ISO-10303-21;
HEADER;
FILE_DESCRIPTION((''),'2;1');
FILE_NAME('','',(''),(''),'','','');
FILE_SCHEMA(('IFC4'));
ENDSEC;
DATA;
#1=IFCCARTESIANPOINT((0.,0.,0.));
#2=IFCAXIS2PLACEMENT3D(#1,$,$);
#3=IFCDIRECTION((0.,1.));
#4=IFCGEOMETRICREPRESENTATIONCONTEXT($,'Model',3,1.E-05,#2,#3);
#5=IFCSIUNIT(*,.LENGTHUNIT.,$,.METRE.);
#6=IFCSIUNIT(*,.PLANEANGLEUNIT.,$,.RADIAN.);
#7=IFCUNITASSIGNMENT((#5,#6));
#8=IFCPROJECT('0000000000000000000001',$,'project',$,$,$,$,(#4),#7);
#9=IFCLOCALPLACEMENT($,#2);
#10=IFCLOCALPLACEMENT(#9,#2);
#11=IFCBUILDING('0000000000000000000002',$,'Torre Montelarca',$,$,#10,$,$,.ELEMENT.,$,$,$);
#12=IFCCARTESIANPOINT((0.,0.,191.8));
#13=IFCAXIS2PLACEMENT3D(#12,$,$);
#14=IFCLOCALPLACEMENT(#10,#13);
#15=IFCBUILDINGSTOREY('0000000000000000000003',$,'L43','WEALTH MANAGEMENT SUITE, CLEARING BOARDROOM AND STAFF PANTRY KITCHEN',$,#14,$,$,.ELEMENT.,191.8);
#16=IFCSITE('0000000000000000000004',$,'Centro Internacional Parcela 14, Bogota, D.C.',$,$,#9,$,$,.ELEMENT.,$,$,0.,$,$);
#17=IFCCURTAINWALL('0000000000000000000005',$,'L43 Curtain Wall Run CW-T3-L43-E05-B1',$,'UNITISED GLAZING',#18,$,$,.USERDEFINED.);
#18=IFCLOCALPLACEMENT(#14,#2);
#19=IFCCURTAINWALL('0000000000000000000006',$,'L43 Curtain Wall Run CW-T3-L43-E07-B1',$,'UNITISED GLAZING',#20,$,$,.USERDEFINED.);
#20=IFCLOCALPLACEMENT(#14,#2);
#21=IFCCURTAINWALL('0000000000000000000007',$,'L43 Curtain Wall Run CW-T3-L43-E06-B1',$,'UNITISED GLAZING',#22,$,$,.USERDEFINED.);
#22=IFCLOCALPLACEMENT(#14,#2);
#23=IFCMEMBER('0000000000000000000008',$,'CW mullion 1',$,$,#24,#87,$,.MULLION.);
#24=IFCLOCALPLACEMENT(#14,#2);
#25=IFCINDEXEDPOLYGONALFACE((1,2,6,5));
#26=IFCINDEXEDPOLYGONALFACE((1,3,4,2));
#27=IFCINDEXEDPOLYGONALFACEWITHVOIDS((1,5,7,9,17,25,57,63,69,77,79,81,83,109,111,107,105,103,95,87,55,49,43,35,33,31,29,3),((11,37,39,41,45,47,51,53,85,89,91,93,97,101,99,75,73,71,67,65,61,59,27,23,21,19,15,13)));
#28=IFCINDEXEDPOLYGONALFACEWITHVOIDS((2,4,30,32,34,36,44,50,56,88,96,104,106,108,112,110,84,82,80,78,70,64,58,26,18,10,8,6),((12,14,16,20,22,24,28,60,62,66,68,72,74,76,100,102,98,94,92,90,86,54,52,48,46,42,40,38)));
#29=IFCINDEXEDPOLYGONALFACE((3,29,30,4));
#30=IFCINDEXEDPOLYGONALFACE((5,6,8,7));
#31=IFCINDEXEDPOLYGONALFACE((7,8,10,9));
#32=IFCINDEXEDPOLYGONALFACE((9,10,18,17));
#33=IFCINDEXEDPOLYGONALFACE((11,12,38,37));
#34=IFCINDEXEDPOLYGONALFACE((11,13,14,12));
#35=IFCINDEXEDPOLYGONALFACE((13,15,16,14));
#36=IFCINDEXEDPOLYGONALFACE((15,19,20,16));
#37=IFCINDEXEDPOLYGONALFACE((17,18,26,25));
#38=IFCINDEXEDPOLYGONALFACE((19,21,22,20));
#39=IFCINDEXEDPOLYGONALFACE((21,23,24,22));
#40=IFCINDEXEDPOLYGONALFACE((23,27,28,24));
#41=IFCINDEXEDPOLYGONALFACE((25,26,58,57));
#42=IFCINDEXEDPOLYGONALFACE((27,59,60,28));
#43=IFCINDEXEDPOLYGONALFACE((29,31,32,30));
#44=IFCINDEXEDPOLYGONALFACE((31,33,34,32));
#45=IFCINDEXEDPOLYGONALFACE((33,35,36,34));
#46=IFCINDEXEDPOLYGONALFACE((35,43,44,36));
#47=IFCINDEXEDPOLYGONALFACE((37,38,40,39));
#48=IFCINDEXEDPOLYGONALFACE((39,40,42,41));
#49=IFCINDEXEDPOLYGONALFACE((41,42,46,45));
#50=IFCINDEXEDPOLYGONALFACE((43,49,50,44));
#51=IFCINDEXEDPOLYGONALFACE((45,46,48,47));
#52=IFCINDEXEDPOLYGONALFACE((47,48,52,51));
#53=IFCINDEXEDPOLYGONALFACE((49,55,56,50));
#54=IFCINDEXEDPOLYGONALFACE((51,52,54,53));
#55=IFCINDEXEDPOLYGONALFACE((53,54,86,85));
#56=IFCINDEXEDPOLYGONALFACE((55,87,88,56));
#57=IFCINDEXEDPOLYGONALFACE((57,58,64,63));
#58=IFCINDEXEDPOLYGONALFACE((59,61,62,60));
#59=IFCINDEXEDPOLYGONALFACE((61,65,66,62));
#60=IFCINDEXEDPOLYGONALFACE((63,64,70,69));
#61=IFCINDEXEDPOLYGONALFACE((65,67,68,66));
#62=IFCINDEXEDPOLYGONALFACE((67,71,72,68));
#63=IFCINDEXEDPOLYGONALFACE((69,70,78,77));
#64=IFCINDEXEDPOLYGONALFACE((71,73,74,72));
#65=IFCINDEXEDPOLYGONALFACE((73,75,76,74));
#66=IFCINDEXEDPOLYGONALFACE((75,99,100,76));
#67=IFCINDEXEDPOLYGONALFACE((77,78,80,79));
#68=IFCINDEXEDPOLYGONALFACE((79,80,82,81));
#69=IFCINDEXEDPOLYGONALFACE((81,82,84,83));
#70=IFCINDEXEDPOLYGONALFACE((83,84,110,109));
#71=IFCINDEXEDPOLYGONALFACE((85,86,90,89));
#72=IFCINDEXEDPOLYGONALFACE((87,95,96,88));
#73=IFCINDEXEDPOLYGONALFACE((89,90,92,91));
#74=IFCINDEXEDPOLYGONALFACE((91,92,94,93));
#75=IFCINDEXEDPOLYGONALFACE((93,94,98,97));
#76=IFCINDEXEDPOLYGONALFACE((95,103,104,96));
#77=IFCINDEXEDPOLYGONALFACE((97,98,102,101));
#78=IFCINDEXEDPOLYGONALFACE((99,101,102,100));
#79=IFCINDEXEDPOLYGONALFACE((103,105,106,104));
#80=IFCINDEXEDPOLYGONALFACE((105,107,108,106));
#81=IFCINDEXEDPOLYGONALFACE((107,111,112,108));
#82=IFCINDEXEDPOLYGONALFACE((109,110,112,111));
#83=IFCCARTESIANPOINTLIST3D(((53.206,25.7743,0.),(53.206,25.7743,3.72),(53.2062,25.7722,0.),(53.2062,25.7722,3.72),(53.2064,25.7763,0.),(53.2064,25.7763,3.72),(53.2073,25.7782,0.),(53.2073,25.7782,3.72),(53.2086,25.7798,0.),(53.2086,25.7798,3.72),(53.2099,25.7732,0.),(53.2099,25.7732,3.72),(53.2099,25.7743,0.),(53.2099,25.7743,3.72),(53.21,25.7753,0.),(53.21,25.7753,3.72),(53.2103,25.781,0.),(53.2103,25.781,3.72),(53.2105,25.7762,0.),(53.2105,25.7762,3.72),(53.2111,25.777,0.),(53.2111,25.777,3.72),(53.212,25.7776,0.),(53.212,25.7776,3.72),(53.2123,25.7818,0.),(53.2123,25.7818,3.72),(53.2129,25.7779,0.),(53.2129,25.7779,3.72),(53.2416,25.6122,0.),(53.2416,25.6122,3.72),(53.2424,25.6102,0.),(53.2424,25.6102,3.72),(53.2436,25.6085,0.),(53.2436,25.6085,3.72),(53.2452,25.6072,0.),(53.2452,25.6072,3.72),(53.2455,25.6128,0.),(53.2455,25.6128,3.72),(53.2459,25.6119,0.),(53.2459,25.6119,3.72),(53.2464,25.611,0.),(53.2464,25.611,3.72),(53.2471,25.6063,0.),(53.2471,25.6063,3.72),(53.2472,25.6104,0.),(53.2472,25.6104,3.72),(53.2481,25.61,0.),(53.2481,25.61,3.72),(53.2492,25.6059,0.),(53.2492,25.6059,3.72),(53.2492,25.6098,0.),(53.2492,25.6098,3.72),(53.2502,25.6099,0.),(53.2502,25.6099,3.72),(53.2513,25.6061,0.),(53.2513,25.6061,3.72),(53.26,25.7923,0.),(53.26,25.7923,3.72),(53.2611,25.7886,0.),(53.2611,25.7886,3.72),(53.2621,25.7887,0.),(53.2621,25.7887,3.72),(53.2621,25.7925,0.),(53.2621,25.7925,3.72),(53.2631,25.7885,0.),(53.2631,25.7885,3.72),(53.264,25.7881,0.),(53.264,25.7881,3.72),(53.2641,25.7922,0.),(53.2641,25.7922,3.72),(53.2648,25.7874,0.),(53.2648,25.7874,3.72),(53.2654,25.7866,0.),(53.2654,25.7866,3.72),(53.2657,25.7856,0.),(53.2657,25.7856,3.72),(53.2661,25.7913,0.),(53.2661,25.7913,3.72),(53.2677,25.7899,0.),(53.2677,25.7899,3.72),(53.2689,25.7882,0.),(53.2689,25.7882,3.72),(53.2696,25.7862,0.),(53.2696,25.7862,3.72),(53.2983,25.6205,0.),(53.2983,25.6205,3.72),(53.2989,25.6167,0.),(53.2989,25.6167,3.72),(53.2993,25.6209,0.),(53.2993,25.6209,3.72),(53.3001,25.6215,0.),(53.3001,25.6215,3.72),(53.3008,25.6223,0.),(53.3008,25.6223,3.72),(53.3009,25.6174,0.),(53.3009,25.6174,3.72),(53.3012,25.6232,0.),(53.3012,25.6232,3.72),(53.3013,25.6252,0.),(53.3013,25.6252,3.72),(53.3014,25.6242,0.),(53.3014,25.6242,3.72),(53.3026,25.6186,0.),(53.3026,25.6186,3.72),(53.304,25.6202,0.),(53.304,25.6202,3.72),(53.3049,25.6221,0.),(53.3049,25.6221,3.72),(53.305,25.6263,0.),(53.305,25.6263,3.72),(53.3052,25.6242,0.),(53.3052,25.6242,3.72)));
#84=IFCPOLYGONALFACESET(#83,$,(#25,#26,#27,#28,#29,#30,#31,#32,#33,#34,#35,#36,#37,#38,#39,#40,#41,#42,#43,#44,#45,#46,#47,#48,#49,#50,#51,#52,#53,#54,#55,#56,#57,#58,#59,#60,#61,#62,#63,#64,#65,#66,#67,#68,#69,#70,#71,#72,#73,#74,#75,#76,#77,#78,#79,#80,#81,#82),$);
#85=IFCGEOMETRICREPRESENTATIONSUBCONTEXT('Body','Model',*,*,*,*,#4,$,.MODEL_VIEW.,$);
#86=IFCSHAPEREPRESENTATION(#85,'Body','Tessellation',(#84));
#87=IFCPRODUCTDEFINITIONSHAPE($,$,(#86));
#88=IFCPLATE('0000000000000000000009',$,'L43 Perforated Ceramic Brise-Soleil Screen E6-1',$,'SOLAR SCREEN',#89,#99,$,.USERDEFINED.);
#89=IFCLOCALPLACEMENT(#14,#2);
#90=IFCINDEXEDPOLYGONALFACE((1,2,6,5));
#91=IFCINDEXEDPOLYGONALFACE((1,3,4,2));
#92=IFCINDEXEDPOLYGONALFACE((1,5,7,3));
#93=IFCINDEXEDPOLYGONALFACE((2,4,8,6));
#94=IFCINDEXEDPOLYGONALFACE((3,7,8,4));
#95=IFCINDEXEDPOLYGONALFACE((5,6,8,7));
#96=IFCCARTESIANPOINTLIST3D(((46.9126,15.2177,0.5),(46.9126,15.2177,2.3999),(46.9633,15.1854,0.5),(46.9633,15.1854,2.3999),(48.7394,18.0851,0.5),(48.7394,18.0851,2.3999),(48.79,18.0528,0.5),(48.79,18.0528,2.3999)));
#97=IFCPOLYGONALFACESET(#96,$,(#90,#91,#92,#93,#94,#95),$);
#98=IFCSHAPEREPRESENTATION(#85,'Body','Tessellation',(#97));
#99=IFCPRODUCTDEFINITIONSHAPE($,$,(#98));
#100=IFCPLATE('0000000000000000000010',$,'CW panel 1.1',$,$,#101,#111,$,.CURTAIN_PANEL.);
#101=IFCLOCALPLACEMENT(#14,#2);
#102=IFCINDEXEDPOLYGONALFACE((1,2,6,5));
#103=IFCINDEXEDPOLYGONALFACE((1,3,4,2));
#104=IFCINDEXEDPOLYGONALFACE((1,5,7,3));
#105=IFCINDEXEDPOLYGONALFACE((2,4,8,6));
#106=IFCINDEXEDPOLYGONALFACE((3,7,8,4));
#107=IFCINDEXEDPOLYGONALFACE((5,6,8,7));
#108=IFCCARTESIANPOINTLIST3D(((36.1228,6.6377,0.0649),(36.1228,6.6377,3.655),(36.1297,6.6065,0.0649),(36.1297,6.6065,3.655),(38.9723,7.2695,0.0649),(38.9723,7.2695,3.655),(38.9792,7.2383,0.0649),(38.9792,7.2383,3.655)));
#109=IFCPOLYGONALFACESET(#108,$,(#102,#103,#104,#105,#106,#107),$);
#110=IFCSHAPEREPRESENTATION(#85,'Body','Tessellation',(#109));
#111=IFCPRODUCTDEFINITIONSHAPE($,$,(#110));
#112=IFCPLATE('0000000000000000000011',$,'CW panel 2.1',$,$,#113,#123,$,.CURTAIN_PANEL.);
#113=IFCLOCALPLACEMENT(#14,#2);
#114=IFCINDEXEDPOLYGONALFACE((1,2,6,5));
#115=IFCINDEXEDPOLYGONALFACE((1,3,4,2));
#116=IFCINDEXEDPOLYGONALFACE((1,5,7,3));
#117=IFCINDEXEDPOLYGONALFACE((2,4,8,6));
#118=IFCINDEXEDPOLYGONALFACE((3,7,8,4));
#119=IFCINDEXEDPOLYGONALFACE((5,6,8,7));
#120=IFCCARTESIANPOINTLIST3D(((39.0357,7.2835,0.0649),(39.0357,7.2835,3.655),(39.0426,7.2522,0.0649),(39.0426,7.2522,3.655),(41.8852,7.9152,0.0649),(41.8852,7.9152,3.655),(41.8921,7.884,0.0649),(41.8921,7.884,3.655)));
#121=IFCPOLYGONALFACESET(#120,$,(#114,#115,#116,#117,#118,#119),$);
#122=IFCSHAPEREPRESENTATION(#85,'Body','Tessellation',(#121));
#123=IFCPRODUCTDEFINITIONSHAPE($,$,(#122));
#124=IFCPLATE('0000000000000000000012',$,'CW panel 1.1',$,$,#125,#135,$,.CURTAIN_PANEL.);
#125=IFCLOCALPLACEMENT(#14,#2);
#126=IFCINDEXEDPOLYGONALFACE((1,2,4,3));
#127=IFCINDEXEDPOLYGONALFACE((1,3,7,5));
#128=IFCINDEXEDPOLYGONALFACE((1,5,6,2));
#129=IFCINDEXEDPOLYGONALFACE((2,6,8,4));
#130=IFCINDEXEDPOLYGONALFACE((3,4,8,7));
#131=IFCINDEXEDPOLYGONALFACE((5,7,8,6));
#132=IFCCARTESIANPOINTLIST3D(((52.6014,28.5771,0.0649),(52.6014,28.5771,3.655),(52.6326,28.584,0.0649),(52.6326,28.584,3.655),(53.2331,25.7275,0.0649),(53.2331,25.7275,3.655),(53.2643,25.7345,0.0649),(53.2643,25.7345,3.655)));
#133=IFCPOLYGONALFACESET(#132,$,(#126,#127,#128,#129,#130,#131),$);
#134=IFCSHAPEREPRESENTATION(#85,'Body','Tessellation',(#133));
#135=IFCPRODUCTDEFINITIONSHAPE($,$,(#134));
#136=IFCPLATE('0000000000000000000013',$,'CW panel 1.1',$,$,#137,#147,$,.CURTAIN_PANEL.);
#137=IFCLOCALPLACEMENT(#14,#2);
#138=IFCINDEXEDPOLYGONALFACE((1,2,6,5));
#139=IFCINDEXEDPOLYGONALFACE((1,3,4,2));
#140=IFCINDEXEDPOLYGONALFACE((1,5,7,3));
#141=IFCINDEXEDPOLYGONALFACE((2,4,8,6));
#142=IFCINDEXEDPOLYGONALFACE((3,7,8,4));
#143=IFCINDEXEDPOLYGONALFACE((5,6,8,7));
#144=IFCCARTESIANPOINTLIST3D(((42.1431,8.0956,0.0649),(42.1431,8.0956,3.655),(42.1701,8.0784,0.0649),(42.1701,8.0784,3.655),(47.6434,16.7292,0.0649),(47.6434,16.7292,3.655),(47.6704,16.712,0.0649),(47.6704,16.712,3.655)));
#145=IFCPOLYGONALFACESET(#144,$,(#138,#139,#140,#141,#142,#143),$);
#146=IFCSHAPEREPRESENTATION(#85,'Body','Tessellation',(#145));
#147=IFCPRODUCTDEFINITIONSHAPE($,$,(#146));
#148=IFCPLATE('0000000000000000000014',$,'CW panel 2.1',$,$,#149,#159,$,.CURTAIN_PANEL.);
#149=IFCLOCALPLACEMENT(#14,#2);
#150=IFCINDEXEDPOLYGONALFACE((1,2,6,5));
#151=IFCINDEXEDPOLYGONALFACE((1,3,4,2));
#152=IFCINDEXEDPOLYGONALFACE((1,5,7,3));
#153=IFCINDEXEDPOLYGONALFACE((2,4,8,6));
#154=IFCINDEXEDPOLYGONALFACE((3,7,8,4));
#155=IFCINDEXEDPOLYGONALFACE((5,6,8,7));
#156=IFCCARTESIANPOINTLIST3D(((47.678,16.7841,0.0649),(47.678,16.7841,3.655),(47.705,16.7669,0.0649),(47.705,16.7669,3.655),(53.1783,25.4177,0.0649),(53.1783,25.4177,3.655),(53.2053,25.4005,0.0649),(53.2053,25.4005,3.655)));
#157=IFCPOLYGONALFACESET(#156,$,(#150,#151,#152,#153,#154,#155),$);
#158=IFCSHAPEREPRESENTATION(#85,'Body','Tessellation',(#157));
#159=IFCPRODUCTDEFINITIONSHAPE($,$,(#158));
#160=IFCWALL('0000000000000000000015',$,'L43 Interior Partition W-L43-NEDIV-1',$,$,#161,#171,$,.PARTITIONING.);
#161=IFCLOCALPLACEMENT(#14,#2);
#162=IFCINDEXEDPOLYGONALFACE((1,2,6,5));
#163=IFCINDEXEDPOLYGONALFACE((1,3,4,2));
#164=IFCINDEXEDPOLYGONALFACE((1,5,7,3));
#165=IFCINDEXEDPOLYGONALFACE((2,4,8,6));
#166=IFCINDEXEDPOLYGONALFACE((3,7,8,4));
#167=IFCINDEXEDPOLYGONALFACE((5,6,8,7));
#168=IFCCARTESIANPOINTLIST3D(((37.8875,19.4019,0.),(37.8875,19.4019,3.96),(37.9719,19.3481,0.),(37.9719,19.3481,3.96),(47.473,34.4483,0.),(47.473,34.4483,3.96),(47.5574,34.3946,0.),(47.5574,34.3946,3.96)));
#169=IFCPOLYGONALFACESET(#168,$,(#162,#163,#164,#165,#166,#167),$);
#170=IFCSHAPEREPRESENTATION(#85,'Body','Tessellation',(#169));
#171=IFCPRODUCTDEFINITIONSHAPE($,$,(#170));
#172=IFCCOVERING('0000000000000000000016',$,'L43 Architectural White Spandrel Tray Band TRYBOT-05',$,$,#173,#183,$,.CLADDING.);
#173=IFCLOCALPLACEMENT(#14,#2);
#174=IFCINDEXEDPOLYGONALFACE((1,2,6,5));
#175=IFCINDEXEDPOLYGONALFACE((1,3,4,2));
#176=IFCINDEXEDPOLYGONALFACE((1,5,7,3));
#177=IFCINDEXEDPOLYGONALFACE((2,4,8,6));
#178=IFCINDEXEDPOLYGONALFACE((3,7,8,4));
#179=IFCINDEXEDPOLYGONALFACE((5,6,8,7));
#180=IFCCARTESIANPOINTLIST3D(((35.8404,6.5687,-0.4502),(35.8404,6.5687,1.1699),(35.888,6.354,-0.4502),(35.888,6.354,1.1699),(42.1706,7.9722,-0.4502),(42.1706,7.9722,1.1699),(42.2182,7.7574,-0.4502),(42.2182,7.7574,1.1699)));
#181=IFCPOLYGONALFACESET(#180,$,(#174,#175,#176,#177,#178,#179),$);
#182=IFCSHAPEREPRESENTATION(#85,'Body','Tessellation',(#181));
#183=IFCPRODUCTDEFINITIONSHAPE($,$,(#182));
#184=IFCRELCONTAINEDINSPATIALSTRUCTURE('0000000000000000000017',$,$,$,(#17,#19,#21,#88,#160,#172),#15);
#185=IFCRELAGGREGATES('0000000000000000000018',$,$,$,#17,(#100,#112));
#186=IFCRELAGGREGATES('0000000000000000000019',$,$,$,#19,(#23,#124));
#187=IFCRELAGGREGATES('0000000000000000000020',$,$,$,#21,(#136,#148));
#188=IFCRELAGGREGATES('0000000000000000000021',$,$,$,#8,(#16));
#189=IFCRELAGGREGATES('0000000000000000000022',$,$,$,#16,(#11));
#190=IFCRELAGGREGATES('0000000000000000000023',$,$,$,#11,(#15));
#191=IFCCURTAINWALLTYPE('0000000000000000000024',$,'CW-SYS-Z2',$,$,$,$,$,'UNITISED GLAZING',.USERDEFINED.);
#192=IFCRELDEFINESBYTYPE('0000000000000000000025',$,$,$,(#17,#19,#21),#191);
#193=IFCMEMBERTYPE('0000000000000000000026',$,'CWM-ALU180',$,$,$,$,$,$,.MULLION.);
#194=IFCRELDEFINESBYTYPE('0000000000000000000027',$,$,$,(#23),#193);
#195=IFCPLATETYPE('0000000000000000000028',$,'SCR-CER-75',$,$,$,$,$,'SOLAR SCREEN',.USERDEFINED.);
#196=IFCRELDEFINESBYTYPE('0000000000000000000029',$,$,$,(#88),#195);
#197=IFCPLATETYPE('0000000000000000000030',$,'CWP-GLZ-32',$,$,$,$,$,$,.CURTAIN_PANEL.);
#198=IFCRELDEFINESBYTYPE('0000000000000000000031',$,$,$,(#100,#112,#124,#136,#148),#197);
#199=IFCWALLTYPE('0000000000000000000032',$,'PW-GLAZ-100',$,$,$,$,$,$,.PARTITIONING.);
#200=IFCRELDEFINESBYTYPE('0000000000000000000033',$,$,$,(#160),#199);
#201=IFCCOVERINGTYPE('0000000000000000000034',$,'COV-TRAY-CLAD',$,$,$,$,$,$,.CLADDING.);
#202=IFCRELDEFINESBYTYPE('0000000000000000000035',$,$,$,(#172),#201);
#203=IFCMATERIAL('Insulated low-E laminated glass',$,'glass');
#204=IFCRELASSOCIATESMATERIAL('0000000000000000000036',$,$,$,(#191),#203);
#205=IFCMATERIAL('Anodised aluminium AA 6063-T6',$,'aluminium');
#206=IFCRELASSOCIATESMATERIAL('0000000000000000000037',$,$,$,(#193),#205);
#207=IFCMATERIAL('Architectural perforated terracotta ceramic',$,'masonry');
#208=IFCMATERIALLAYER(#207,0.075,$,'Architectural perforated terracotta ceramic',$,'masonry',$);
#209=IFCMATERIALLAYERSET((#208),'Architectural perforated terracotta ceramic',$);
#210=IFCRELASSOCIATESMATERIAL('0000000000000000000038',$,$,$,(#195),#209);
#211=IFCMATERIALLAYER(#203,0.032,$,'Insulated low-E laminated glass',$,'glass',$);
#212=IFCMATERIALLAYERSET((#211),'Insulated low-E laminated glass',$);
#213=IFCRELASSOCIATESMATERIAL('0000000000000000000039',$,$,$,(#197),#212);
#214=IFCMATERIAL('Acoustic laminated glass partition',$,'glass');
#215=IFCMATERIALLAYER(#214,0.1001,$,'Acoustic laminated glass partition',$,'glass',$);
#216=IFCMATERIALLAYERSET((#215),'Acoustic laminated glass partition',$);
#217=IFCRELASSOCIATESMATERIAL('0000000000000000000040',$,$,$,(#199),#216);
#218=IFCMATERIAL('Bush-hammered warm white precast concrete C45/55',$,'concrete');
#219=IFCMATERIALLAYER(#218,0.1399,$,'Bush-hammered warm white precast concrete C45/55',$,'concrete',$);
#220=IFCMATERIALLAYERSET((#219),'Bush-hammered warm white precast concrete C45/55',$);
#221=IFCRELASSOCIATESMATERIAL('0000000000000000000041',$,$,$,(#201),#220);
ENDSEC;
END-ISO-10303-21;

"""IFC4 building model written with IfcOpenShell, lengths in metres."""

from ifc_helpers import new_model, si_unit, direction, frame, frame_2d, origin, origin_2d, place, context, subcontext, project, spatial, rectangle, hollow_rectangle, extrude, source, transform, mapped, material, layer, layer_set, material_profile, profile_set, type_object, element, aggregate, save


model = new_model("IFC4")

# Units and contexts
model_context = context("Model", 3, precision=1e-05, world=origin(), true_north=direction((0.0, 1.0)))
body_context = subcontext(model_context, "Body", "Model", "MODEL_VIEW")
ifc_project = project(units=[si_unit("LENGTHUNIT", "METRE"), si_unit("PLANEANGLEUNIT", "RADIAN")], contexts=[model_context])

# Site, building, storey
site_placement = place(None, origin())
site = spatial("IfcSite", under=ifc_project, at=site_placement, Name="Centro Internacional Parcela 14, Bogota, D.C.", CompositionType="ELEMENT", RefElevation=0.0)
building_placement = place(site_placement, origin())
building = spatial("IfcBuilding", under=site, at=building_placement, Name="Torre Montelarca", CompositionType="ELEMENT")
storey_placement = place(building_placement, frame((0.0, 0.0, 191.8)))
storey = spatial("IfcBuildingStorey", under=building, at=storey_placement, Name="L43", Description="WEALTH MANAGEMENT SUITE, CLEARING BOARDROOM AND STAFF PANTRY KITCHEN", CompositionType="ELEMENT", Elevation=191.8)

# Curtain walls
ifc_material_1 = material(Name="Insulated low-E laminated glass", Category="glass")
curtain_wall_type = type_object("IfcCurtainWallType", Name="CW-SYS-Z2", ElementType="UNITISED GLAZING", PredefinedType="USERDEFINED", material=ifc_material_1)
curtain_wall_1_placement = place(storey_placement, origin())
curtain_wall_1 = element("IfcCurtainWall", 1, at=curtain_wall_1_placement, inside=storey, type_object=curtain_wall_type, Name="L43 Curtain Wall Run CW-T3-L43-E05-B1", ObjectType="UNITISED GLAZING", PredefinedType="USERDEFINED")
ifc_material_2 = material(Name="Anodised aluminium AA 6063-T6", Category="aluminium")
curtain_wall_2_placement = place(storey_placement, origin())
curtain_wall_2 = element("IfcCurtainWall", 2, at=curtain_wall_2_placement, inside=storey, type_object=curtain_wall_type, Name="L43 Curtain Wall Run CW-T3-L43-E07-B1", ObjectType="UNITISED GLAZING", PredefinedType="USERDEFINED")

# Curtain wall
curtain_wall_3_placement = place(storey_placement, origin())
curtain_wall_3 = element("IfcCurtainWall", 3, at=curtain_wall_3_placement, inside=storey, type_object=curtain_wall_type, Name="L43 Curtain Wall Run CW-T3-L43-E06-B1", ObjectType="UNITISED GLAZING", PredefinedType="USERDEFINED")

# Member
ifc_material_profile_1 = material_profile(ifc_material_2, hollow_rectangle(XDim=0.0649, YDim=0.1799, WallThickness=0.0039, InnerFilletRadius=0.0039, OuterFilletRadius=0.0081, at=origin_2d()), Name="ALU65X180X4", Category="aluminium")
ifc_profile_set_1 = profile_set([ifc_material_profile_1], Name="Anodised aluminium AA 6063-T6")
member_type_1 = type_object("IfcMemberType", Name="CWM-ALU180", PredefinedType="MULLION", material=ifc_profile_set_1)
shared_shape_1 = source(origin(), body_context, "Body", "SweptSolid", [
    extrude(hollow_rectangle(XDim=0.0649, YDim=0.1799, WallThickness=0.0039, InnerFilletRadius=0.0039, OuterFilletRadius=0.0081, at=origin_2d()), origin(), (0.0, 0.0, 1.0), 3.72),
])
member_1_placement = place(storey_placement, frame((53.2556, 25.6992, 0.0), z_axis=(0.0, 0.0, 1.0), x_axis=(-0.976294, -0.216448, 0.0)))
member_1 = element("IfcMember", 4, at=member_1_placement, type_object=member_type_1, Name="CW mullion 1", PredefinedType="MULLION", context=body_context, shape_type="MappedRepresentation", body=[
    mapped(shared_shape_1, transform((0.0, 0.0, 0.0), scale=1.0)),
])

# Plates
ifc_material_3 = material(Name="Architectural perforated terracotta ceramic", Category="masonry")
ifc_layer_1 = layer(ifc_material_3, 0.075, Name="Architectural perforated terracotta ceramic", Category="masonry")
ifc_layer_set_1 = layer_set([ifc_layer_1], Name="Architectural perforated terracotta ceramic")
plate_type_1 = type_object("IfcPlateType", Name="SCR-CER-75", ElementType="SOLAR SCREEN", PredefinedType="USERDEFINED", material=ifc_layer_set_1)
shared_shape_2 = source(origin(), body_context, "Body", "SweptSolid", [
    extrude(rectangle(XDim=3.3999, YDim=0.0601, at=origin_2d()), origin(), (0.0, 0.0, 1.0), 1.8999),
])
plate_1_placement = place(storey_placement, frame((47.8513, 16.6353, 0.5), z_axis=(0.0, 0.0, 1.0), x_axis=(0.5373, 0.843391, 0.0)))
element("IfcPlate", 5, at=plate_1_placement, inside=storey, type_object=plate_type_1, Name="L43 Perforated Ceramic Brise-Soleil Screen E6-1", ObjectType="SOLAR SCREEN", PredefinedType="USERDEFINED", context=body_context, shape_type="MappedRepresentation", body=[
    mapped(shared_shape_2, transform((0.0, 0.0, 0.0), scale=1.0)),
])
ifc_layer_2 = layer(ifc_material_1, 0.032, Name="Insulated low-E laminated glass", Category="glass")
ifc_layer_set_2 = layer_set([ifc_layer_2], Name="Insulated low-E laminated glass")
plate_type_2 = type_object("IfcPlateType", Name="CWP-GLZ-32", PredefinedType="CURTAIN_PANEL", material=ifc_layer_set_2)
shared_shape_3 = source(origin(), body_context, "Body", "SweptSolid", [
    extrude(rectangle(XDim=2.9187, YDim=0.032, at=origin_2d()), origin(), (0.0, 0.0, 1.0), 3.5901),
])
plate_2_placement = place(storey_placement, frame((37.551, 6.938, 0.0649), z_axis=(0.0, 0.0, 1.0), x_axis=(0.976291, 0.216464, 0.0)))
plate_2 = element("IfcPlate", 6, at=plate_2_placement, type_object=plate_type_2, Name="CW panel 1.1", PredefinedType="CURTAIN_PANEL", context=body_context, shape_type="MappedRepresentation", body=[
    mapped(shared_shape_3, transform((0.0, 0.0, 0.0), scale=1.0)),
])
plate_3_placement = place(storey_placement, frame((40.4639, 7.5837, 0.0649), z_axis=(0.0, 0.0, 1.0), x_axis=(0.976291, 0.216464, 0.0)))
plate_3 = element("IfcPlate", 7, at=plate_3_placement, type_object=plate_type_2, Name="CW panel 2.1", PredefinedType="CURTAIN_PANEL", context=body_context, shape_type="MappedRepresentation", body=[
    mapped(shared_shape_3, transform((0.0, 0.0, 0.0), scale=1.0)),
])
aggregate(curtain_wall_1, [plate_2, plate_3])
plate_4_placement = place(storey_placement, frame((52.9329, 27.1558, 0.0649), z_axis=(0.0, 0.0, 1.0), x_axis=(-0.216448, 0.976294, 0.0)))
plate_4 = element("IfcPlate", 8, at=plate_4_placement, type_object=plate_type_2, Name="CW panel 1.1", PredefinedType="CURTAIN_PANEL", context=body_context, shape_type="MappedRepresentation", body=[
    mapped(shared_shape_3, transform((0.0, 0.0, 0.0), scale=1.0)),
])
aggregate(curtain_wall_2, [member_1, plate_4])
shared_shape_4 = source(origin(), body_context, "Body", "SweptSolid", [
    extrude(rectangle(XDim=10.2368, YDim=0.032, at=origin_2d()), origin(), (0.0, 0.0, 1.0), 3.5901),
])
plate_5_placement = place(storey_placement, frame((44.9067, 12.4038, 0.0649), z_axis=(0.0, 0.0, 1.0), x_axis=(0.537303, 0.843389, 0.0)))
plate_5 = element("IfcPlate", 9, at=plate_5_placement, type_object=plate_type_2, Name="CW panel 1.1", PredefinedType="CURTAIN_PANEL", context=body_context, shape_type="MappedRepresentation", body=[
    mapped(shared_shape_4, transform((0.0, 0.0, 0.0), scale=1.0)),
])
plate_6_placement = place(storey_placement, frame((50.4417, 21.0923, 0.0649), z_axis=(0.0, 0.0, 1.0), x_axis=(0.537303, 0.843389, 0.0)))
plate_6 = element("IfcPlate", 10, at=plate_6_placement, type_object=plate_type_2, Name="CW panel 2.1", PredefinedType="CURTAIN_PANEL", context=body_context, shape_type="MappedRepresentation", body=[
    mapped(shared_shape_4, transform((0.0, 0.0, 0.0), scale=1.0)),
])
aggregate(curtain_wall_3, [plate_5, plate_6])

# Wall
ifc_material_4 = material(Name="Acoustic laminated glass partition", Category="glass")
ifc_layer_3 = layer(ifc_material_4, 0.1001, Name="Acoustic laminated glass partition", Category="glass")
ifc_layer_set_3 = layer_set([ifc_layer_3], Name="Acoustic laminated glass partition")
wall_type = type_object("IfcWallType", Name="PW-GLAZ-100", PredefinedType="PARTITIONING", material=ifc_layer_set_3)
wall_placement = place(storey_placement, frame((37.9297, 19.375, 0.0), z_axis=(0.0, 0.0, 1.0), x_axis=(0.537293, 0.843395, 0.0)))
element("IfcWall", 11, at=wall_placement, inside=storey, type_object=wall_type, Name="L43 Interior Partition W-L43-NEDIV-1", PredefinedType="PARTITIONING", context=body_context, shape_type="SweptSolid", body=[
    extrude(rectangle(XDim=17.8403, YDim=0.1001, at=frame_2d((8.9202, 0.0))), origin(), (0.0, 0.0, 1.0), 3.96),
])

# Covering
ifc_material_5 = material(Name="Bush-hammered warm white precast concrete C45/55", Category="concrete")
ifc_layer_4 = layer(ifc_material_5, 0.1399, Name="Bush-hammered warm white precast concrete C45/55", Category="concrete")
ifc_layer_set_4 = layer_set([ifc_layer_4], Name="Bush-hammered warm white precast concrete C45/55")
covering_type = type_object("IfcCoveringType", Name="COV-TRAY-CLAD", PredefinedType="CLADDING", material=ifc_layer_set_4)
shared_shape_5 = source(origin(), body_context, "Body", "SweptSolid", [
    extrude(rectangle(XDim=6.4839, YDim=0.22, at=origin_2d()), origin(), (0.0, 0.0, 1.0), 1.6201),
])
covering_1_placement = place(storey_placement, frame((39.0293, 7.1631, -0.4502), z_axis=(0.0, 0.0, 1.0), x_axis=(0.976293, 0.216453, 0.0)))
element("IfcCovering", 12, at=covering_1_placement, inside=storey, type_object=covering_type, Name="L43 Architectural White Spandrel Tray Band TRYBOT-05", PredefinedType="CLADDING", context=body_context, shape_type="MappedRepresentation", body=[
    mapped(shared_shape_5, transform((0.0, 0.0, 0.0), scale=1.0)),
])

save(model, "model.ifc")
